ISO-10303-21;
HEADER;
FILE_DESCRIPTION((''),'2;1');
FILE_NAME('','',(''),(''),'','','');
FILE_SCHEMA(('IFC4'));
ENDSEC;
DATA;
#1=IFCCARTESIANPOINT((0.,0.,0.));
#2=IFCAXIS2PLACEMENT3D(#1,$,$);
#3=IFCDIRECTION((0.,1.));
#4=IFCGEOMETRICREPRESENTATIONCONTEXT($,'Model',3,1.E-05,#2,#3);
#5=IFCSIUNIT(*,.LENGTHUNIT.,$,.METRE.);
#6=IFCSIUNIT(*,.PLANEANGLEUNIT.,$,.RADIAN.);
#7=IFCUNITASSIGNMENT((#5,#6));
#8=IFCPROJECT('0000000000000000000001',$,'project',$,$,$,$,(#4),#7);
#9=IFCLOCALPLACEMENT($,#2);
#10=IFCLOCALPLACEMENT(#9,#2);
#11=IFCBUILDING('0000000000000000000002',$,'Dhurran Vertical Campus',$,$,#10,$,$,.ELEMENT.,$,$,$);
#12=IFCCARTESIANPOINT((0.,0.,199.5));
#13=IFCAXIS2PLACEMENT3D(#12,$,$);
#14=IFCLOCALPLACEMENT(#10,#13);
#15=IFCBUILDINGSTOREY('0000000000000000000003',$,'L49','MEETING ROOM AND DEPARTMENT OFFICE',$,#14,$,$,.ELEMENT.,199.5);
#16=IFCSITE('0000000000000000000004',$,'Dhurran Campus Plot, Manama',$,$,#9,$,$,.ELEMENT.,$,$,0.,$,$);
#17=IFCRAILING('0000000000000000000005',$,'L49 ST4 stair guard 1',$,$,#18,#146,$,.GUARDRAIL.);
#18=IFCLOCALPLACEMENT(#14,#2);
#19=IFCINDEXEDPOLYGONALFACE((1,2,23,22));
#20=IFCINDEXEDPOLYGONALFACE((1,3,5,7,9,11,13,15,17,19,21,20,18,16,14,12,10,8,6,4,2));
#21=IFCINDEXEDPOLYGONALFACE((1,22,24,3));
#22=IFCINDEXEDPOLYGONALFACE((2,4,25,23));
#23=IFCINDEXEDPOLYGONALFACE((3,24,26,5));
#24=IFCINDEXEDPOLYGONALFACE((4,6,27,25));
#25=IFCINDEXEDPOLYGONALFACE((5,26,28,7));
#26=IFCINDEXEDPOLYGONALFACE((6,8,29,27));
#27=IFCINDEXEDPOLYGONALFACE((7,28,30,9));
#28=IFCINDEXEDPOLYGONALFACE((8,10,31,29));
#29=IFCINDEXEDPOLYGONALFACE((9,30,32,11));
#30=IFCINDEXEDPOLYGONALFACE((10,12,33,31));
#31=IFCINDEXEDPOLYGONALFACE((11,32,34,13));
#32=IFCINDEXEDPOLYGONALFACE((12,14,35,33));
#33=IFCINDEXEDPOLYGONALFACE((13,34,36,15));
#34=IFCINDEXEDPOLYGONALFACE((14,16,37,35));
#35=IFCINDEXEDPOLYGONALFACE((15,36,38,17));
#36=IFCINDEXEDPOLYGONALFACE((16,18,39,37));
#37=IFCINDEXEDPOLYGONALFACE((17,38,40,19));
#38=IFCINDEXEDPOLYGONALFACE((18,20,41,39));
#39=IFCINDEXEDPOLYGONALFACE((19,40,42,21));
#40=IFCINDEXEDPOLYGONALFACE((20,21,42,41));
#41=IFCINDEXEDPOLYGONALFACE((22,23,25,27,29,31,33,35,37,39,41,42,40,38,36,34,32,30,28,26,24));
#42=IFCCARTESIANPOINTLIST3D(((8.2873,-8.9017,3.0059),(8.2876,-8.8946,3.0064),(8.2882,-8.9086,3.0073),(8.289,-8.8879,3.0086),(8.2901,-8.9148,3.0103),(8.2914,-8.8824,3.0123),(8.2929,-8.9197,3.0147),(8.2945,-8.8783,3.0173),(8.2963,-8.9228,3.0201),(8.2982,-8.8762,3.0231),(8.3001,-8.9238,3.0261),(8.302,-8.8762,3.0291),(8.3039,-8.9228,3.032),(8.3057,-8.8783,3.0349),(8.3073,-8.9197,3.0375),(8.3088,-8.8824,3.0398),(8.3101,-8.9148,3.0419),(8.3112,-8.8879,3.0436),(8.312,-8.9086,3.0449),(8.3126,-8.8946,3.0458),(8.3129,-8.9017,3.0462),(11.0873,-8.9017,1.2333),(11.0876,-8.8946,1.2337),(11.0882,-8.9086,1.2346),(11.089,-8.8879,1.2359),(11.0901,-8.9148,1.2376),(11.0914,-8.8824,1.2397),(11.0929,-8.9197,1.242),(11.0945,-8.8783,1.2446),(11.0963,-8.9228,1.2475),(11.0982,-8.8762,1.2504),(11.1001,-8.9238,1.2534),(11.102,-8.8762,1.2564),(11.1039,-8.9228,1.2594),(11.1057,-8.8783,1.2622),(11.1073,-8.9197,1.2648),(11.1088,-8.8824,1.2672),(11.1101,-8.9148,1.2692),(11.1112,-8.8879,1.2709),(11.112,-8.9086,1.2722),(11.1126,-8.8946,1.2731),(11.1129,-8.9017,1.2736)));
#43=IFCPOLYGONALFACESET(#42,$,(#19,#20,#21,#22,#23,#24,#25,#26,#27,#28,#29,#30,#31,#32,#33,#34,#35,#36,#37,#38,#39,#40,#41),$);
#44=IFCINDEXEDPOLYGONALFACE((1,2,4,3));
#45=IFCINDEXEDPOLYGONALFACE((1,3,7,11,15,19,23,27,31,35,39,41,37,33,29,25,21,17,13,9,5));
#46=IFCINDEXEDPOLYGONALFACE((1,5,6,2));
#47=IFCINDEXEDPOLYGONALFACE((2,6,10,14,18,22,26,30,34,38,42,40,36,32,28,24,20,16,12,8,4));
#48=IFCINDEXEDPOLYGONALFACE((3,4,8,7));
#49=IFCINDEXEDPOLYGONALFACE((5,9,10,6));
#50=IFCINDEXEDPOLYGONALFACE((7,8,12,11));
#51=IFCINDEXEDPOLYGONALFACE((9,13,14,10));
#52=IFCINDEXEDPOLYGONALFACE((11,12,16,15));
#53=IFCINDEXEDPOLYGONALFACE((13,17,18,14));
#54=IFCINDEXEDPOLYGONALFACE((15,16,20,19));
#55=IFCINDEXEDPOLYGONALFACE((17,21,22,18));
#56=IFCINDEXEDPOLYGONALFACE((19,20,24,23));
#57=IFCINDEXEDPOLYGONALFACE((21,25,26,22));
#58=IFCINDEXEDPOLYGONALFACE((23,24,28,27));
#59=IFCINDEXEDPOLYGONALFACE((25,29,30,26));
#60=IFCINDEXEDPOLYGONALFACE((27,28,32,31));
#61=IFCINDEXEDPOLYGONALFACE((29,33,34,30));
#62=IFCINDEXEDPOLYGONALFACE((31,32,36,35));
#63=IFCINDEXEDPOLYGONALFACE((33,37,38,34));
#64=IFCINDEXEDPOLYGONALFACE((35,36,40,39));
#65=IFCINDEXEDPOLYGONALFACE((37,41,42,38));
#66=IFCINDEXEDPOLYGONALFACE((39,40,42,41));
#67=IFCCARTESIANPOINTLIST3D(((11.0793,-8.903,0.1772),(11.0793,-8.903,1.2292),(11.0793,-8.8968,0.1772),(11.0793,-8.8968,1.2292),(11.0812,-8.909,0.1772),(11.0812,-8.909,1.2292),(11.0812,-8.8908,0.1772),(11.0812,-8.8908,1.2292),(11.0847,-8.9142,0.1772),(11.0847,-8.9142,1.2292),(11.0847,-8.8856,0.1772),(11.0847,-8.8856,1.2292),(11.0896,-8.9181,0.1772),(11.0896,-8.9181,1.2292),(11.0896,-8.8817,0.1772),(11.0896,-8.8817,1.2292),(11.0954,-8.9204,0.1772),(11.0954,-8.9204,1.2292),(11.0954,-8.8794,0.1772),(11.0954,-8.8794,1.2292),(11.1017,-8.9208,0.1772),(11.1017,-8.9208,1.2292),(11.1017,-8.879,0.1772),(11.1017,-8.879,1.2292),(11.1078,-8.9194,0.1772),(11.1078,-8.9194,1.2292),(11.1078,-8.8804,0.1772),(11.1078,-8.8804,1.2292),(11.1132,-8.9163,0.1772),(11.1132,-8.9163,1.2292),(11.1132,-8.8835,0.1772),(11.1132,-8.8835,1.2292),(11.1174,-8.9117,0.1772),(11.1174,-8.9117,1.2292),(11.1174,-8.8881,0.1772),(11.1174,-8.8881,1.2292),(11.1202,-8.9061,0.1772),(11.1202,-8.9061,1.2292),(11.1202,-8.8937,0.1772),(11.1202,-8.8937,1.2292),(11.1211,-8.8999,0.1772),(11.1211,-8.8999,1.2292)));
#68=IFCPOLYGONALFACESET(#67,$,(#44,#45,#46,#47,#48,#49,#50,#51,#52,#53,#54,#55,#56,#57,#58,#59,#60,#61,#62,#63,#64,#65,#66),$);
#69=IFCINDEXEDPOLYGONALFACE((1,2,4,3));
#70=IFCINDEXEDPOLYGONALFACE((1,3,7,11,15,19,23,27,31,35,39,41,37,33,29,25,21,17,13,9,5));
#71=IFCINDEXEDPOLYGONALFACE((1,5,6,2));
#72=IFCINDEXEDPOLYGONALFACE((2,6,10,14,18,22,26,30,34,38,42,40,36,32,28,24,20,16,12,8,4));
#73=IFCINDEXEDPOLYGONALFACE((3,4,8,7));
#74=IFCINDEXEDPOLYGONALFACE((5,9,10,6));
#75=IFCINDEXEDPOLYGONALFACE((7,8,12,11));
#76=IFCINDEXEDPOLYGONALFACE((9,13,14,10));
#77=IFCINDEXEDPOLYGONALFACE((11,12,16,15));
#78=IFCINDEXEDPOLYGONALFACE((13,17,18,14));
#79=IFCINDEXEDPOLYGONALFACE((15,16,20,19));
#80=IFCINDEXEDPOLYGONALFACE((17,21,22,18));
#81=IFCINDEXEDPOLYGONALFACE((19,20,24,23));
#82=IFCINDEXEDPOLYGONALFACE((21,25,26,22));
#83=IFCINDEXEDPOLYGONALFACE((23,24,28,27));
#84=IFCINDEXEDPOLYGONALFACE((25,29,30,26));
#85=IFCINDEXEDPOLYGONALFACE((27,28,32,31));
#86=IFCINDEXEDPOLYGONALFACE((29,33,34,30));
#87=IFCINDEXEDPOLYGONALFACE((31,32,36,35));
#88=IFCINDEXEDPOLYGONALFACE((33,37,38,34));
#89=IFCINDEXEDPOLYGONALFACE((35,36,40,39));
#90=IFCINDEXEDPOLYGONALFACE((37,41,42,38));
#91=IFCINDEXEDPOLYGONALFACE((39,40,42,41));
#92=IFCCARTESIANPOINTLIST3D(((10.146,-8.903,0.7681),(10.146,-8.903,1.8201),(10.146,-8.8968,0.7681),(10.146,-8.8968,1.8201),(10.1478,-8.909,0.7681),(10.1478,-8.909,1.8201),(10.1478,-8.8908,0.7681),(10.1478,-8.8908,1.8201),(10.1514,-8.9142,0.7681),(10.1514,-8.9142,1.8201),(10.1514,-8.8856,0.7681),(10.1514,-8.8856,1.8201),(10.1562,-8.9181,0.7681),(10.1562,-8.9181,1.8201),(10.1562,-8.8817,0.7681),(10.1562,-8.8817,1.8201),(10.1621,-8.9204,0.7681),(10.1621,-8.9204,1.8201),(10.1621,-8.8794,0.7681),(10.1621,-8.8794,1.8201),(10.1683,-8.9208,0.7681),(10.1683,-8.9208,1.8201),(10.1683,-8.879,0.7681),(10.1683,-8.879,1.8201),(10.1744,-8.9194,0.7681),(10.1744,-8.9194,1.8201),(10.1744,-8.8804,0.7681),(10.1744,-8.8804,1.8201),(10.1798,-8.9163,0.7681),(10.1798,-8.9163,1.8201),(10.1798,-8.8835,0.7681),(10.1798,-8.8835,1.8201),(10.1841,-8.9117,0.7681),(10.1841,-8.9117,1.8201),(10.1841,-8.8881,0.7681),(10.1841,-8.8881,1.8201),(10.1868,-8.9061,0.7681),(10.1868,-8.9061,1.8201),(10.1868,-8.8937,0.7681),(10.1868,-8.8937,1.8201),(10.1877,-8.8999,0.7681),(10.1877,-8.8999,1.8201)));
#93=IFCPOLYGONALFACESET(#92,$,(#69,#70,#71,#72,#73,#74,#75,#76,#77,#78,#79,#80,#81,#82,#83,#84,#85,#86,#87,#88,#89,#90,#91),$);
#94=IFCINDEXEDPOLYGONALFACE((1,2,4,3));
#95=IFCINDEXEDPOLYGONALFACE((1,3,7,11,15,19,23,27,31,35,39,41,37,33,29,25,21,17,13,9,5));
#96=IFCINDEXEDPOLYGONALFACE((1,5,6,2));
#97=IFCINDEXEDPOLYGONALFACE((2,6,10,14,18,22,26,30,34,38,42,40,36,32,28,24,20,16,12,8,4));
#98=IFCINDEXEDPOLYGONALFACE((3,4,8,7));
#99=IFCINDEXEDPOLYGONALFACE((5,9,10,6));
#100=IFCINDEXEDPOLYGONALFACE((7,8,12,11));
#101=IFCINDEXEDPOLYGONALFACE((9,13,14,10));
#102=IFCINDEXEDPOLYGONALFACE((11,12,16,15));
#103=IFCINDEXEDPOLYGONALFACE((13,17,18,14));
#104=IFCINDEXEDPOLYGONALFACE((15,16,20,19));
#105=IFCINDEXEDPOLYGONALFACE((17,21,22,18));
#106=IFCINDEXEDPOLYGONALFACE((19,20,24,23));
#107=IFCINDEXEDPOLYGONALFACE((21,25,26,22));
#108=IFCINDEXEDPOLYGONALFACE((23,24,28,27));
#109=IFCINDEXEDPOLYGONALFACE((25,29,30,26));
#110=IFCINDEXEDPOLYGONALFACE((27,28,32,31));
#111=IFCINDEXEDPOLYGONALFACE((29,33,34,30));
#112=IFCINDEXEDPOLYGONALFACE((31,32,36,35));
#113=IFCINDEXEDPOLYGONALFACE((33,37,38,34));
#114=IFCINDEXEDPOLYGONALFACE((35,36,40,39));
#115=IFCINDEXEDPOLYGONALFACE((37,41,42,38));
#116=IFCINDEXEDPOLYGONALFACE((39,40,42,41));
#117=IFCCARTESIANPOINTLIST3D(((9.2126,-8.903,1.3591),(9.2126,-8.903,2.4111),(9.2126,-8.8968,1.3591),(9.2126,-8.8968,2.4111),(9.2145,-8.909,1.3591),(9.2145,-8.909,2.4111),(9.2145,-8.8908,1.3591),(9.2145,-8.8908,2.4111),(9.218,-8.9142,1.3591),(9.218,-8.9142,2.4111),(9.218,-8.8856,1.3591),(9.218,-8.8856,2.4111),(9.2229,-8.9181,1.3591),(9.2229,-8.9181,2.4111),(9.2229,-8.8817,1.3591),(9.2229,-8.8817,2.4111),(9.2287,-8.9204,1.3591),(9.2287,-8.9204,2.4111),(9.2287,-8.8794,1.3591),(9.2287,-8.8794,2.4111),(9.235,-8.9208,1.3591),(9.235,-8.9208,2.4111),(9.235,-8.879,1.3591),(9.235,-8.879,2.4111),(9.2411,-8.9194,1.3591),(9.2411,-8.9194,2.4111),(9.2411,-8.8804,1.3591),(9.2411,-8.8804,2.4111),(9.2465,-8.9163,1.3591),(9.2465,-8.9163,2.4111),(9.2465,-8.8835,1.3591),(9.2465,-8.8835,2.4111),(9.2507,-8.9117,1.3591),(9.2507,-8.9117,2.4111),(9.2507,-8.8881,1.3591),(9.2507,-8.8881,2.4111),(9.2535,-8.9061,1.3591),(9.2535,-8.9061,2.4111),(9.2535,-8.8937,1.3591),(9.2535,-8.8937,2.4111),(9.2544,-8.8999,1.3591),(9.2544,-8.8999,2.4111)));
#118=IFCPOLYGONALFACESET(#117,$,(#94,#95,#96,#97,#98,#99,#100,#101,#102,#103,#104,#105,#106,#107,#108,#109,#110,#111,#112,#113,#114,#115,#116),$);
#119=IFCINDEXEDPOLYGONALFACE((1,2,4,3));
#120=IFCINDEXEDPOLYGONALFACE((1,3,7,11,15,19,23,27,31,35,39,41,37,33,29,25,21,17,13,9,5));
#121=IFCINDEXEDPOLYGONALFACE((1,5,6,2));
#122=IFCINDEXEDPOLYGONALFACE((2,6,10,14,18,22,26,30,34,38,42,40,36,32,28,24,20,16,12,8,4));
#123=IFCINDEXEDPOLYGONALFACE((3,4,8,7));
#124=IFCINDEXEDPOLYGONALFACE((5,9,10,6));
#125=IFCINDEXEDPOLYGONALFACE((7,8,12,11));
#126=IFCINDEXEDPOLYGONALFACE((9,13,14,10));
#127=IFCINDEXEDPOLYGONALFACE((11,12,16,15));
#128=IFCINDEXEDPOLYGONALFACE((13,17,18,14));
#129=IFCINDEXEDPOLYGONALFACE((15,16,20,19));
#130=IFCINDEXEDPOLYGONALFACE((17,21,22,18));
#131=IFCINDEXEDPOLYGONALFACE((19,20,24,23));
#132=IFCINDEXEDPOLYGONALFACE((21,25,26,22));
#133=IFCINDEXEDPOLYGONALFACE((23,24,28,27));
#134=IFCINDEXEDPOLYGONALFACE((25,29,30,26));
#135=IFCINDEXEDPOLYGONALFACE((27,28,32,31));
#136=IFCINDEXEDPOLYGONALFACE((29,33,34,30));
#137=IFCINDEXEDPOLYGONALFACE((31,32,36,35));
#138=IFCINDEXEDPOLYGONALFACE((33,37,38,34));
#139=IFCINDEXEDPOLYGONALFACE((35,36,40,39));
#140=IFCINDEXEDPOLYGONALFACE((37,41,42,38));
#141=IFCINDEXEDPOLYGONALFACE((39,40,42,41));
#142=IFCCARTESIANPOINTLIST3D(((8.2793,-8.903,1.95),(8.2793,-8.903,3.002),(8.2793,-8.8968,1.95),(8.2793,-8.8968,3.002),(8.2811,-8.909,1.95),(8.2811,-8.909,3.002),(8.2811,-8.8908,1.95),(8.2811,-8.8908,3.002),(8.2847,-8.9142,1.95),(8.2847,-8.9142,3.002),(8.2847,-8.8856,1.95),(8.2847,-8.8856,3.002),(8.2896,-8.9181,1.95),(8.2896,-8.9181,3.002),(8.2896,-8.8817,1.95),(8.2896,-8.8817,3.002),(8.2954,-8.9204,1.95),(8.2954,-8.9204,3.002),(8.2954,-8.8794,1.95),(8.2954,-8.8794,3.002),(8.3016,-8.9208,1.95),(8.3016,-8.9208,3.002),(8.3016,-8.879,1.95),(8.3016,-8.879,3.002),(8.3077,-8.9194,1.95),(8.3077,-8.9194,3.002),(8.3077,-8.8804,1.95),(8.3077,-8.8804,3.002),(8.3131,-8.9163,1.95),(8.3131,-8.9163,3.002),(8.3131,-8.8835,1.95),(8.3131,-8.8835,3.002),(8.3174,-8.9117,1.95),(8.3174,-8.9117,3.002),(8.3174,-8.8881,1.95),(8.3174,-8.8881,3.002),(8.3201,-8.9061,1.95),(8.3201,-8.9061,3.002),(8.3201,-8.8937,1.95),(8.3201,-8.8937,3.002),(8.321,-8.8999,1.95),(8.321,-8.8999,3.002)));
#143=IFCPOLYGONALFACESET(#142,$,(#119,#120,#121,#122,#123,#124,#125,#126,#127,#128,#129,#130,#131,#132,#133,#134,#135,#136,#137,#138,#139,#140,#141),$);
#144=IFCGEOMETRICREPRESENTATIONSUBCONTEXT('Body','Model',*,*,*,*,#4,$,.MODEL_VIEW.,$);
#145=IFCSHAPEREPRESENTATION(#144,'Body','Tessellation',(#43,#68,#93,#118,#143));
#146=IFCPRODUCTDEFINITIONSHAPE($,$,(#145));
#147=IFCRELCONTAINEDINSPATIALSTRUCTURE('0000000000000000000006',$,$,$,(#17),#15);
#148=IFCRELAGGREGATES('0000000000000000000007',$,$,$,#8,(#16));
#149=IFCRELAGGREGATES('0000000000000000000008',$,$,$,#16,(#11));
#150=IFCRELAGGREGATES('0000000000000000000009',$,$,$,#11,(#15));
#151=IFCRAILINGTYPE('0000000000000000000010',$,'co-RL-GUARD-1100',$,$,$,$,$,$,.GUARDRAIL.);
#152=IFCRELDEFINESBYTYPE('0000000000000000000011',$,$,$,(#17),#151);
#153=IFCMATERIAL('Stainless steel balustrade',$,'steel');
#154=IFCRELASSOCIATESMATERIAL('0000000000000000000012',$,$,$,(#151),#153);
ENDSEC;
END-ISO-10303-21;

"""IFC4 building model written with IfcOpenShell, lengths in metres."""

from ifc_helpers import new_model, si_unit, direction, frame, origin, origin_2d, place, context, subcontext, project, spatial, circle, extrude, material, type_object, element, save


model = new_model("IFC4")

# Units and contexts
model_context = context("Model", 3, precision=1e-05, world=origin(), true_north=direction((0.0, 1.0)))
body_context = subcontext(model_context, "Body", "Model", "MODEL_VIEW")
ifc_project = project(units=[si_unit("LENGTHUNIT", "METRE"), si_unit("PLANEANGLEUNIT", "RADIAN")], contexts=[model_context])

# Site, building, storey
site_placement = place(None, origin())
site = spatial("IfcSite", under=ifc_project, at=site_placement, Name="Dhurran Campus Plot, Manama", CompositionType="ELEMENT", RefElevation=0.0)
building_placement = place(site_placement, origin())
building = spatial("IfcBuilding", under=site, at=building_placement, Name="Dhurran Vertical Campus", CompositionType="ELEMENT")
storey_placement = place(building_placement, frame((0.0, 0.0, 199.5)))
storey = spatial("IfcBuildingStorey", under=building, at=storey_placement, Name="L49", Description="MEETING ROOM AND DEPARTMENT OFFICE", CompositionType="ELEMENT", Elevation=199.5)

# Railing
ifc_material_1 = material(Name="Stainless steel balustrade", Category="steel")
railing_type_1 = type_object("IfcRailingType", Name="co-RL-GUARD-1100", PredefinedType="GUARDRAIL", material=ifc_material_1)
railing_1_placement = place(storey_placement, frame((11.1001, -8.8999, 0.1772)))
element("IfcRailing", 1, at=railing_1_placement, inside=storey, type_object=railing_type_1, Name="L49 ST4 stair guard 1", PredefinedType="GUARDRAIL", context=body_context, shape_type="SweptSolid", body=[
    extrude(circle(Radius=0.0239, at=origin_2d()), frame((0.0, 0.0, 1.0762), z_axis=(-0.844909, 0.0, 0.53491), x_axis=(0.0, -1.0, 0.0)), (0.0, 0.0, 1.0), 3.314),
    extrude(circle(Radius=0.021, at=origin_2d()), origin(), (0.0, 0.0, 1.0), 1.052),
    extrude(circle(Radius=0.021, at=origin_2d()), frame((-0.9333, 0.0, 0.5908)), (0.0, 0.0, 1.0), 1.052),
    extrude(circle(Radius=0.021, at=origin_2d()), frame((-1.8667, 0.0, 1.1819)), (0.0, 0.0, 1.0), 1.052),
    extrude(circle(Radius=0.021, at=origin_2d()), frame((-2.8, 0.0, 1.7727)), (0.0, 0.0, 1.0), 1.052),
])

save(model, "model.ifc")
